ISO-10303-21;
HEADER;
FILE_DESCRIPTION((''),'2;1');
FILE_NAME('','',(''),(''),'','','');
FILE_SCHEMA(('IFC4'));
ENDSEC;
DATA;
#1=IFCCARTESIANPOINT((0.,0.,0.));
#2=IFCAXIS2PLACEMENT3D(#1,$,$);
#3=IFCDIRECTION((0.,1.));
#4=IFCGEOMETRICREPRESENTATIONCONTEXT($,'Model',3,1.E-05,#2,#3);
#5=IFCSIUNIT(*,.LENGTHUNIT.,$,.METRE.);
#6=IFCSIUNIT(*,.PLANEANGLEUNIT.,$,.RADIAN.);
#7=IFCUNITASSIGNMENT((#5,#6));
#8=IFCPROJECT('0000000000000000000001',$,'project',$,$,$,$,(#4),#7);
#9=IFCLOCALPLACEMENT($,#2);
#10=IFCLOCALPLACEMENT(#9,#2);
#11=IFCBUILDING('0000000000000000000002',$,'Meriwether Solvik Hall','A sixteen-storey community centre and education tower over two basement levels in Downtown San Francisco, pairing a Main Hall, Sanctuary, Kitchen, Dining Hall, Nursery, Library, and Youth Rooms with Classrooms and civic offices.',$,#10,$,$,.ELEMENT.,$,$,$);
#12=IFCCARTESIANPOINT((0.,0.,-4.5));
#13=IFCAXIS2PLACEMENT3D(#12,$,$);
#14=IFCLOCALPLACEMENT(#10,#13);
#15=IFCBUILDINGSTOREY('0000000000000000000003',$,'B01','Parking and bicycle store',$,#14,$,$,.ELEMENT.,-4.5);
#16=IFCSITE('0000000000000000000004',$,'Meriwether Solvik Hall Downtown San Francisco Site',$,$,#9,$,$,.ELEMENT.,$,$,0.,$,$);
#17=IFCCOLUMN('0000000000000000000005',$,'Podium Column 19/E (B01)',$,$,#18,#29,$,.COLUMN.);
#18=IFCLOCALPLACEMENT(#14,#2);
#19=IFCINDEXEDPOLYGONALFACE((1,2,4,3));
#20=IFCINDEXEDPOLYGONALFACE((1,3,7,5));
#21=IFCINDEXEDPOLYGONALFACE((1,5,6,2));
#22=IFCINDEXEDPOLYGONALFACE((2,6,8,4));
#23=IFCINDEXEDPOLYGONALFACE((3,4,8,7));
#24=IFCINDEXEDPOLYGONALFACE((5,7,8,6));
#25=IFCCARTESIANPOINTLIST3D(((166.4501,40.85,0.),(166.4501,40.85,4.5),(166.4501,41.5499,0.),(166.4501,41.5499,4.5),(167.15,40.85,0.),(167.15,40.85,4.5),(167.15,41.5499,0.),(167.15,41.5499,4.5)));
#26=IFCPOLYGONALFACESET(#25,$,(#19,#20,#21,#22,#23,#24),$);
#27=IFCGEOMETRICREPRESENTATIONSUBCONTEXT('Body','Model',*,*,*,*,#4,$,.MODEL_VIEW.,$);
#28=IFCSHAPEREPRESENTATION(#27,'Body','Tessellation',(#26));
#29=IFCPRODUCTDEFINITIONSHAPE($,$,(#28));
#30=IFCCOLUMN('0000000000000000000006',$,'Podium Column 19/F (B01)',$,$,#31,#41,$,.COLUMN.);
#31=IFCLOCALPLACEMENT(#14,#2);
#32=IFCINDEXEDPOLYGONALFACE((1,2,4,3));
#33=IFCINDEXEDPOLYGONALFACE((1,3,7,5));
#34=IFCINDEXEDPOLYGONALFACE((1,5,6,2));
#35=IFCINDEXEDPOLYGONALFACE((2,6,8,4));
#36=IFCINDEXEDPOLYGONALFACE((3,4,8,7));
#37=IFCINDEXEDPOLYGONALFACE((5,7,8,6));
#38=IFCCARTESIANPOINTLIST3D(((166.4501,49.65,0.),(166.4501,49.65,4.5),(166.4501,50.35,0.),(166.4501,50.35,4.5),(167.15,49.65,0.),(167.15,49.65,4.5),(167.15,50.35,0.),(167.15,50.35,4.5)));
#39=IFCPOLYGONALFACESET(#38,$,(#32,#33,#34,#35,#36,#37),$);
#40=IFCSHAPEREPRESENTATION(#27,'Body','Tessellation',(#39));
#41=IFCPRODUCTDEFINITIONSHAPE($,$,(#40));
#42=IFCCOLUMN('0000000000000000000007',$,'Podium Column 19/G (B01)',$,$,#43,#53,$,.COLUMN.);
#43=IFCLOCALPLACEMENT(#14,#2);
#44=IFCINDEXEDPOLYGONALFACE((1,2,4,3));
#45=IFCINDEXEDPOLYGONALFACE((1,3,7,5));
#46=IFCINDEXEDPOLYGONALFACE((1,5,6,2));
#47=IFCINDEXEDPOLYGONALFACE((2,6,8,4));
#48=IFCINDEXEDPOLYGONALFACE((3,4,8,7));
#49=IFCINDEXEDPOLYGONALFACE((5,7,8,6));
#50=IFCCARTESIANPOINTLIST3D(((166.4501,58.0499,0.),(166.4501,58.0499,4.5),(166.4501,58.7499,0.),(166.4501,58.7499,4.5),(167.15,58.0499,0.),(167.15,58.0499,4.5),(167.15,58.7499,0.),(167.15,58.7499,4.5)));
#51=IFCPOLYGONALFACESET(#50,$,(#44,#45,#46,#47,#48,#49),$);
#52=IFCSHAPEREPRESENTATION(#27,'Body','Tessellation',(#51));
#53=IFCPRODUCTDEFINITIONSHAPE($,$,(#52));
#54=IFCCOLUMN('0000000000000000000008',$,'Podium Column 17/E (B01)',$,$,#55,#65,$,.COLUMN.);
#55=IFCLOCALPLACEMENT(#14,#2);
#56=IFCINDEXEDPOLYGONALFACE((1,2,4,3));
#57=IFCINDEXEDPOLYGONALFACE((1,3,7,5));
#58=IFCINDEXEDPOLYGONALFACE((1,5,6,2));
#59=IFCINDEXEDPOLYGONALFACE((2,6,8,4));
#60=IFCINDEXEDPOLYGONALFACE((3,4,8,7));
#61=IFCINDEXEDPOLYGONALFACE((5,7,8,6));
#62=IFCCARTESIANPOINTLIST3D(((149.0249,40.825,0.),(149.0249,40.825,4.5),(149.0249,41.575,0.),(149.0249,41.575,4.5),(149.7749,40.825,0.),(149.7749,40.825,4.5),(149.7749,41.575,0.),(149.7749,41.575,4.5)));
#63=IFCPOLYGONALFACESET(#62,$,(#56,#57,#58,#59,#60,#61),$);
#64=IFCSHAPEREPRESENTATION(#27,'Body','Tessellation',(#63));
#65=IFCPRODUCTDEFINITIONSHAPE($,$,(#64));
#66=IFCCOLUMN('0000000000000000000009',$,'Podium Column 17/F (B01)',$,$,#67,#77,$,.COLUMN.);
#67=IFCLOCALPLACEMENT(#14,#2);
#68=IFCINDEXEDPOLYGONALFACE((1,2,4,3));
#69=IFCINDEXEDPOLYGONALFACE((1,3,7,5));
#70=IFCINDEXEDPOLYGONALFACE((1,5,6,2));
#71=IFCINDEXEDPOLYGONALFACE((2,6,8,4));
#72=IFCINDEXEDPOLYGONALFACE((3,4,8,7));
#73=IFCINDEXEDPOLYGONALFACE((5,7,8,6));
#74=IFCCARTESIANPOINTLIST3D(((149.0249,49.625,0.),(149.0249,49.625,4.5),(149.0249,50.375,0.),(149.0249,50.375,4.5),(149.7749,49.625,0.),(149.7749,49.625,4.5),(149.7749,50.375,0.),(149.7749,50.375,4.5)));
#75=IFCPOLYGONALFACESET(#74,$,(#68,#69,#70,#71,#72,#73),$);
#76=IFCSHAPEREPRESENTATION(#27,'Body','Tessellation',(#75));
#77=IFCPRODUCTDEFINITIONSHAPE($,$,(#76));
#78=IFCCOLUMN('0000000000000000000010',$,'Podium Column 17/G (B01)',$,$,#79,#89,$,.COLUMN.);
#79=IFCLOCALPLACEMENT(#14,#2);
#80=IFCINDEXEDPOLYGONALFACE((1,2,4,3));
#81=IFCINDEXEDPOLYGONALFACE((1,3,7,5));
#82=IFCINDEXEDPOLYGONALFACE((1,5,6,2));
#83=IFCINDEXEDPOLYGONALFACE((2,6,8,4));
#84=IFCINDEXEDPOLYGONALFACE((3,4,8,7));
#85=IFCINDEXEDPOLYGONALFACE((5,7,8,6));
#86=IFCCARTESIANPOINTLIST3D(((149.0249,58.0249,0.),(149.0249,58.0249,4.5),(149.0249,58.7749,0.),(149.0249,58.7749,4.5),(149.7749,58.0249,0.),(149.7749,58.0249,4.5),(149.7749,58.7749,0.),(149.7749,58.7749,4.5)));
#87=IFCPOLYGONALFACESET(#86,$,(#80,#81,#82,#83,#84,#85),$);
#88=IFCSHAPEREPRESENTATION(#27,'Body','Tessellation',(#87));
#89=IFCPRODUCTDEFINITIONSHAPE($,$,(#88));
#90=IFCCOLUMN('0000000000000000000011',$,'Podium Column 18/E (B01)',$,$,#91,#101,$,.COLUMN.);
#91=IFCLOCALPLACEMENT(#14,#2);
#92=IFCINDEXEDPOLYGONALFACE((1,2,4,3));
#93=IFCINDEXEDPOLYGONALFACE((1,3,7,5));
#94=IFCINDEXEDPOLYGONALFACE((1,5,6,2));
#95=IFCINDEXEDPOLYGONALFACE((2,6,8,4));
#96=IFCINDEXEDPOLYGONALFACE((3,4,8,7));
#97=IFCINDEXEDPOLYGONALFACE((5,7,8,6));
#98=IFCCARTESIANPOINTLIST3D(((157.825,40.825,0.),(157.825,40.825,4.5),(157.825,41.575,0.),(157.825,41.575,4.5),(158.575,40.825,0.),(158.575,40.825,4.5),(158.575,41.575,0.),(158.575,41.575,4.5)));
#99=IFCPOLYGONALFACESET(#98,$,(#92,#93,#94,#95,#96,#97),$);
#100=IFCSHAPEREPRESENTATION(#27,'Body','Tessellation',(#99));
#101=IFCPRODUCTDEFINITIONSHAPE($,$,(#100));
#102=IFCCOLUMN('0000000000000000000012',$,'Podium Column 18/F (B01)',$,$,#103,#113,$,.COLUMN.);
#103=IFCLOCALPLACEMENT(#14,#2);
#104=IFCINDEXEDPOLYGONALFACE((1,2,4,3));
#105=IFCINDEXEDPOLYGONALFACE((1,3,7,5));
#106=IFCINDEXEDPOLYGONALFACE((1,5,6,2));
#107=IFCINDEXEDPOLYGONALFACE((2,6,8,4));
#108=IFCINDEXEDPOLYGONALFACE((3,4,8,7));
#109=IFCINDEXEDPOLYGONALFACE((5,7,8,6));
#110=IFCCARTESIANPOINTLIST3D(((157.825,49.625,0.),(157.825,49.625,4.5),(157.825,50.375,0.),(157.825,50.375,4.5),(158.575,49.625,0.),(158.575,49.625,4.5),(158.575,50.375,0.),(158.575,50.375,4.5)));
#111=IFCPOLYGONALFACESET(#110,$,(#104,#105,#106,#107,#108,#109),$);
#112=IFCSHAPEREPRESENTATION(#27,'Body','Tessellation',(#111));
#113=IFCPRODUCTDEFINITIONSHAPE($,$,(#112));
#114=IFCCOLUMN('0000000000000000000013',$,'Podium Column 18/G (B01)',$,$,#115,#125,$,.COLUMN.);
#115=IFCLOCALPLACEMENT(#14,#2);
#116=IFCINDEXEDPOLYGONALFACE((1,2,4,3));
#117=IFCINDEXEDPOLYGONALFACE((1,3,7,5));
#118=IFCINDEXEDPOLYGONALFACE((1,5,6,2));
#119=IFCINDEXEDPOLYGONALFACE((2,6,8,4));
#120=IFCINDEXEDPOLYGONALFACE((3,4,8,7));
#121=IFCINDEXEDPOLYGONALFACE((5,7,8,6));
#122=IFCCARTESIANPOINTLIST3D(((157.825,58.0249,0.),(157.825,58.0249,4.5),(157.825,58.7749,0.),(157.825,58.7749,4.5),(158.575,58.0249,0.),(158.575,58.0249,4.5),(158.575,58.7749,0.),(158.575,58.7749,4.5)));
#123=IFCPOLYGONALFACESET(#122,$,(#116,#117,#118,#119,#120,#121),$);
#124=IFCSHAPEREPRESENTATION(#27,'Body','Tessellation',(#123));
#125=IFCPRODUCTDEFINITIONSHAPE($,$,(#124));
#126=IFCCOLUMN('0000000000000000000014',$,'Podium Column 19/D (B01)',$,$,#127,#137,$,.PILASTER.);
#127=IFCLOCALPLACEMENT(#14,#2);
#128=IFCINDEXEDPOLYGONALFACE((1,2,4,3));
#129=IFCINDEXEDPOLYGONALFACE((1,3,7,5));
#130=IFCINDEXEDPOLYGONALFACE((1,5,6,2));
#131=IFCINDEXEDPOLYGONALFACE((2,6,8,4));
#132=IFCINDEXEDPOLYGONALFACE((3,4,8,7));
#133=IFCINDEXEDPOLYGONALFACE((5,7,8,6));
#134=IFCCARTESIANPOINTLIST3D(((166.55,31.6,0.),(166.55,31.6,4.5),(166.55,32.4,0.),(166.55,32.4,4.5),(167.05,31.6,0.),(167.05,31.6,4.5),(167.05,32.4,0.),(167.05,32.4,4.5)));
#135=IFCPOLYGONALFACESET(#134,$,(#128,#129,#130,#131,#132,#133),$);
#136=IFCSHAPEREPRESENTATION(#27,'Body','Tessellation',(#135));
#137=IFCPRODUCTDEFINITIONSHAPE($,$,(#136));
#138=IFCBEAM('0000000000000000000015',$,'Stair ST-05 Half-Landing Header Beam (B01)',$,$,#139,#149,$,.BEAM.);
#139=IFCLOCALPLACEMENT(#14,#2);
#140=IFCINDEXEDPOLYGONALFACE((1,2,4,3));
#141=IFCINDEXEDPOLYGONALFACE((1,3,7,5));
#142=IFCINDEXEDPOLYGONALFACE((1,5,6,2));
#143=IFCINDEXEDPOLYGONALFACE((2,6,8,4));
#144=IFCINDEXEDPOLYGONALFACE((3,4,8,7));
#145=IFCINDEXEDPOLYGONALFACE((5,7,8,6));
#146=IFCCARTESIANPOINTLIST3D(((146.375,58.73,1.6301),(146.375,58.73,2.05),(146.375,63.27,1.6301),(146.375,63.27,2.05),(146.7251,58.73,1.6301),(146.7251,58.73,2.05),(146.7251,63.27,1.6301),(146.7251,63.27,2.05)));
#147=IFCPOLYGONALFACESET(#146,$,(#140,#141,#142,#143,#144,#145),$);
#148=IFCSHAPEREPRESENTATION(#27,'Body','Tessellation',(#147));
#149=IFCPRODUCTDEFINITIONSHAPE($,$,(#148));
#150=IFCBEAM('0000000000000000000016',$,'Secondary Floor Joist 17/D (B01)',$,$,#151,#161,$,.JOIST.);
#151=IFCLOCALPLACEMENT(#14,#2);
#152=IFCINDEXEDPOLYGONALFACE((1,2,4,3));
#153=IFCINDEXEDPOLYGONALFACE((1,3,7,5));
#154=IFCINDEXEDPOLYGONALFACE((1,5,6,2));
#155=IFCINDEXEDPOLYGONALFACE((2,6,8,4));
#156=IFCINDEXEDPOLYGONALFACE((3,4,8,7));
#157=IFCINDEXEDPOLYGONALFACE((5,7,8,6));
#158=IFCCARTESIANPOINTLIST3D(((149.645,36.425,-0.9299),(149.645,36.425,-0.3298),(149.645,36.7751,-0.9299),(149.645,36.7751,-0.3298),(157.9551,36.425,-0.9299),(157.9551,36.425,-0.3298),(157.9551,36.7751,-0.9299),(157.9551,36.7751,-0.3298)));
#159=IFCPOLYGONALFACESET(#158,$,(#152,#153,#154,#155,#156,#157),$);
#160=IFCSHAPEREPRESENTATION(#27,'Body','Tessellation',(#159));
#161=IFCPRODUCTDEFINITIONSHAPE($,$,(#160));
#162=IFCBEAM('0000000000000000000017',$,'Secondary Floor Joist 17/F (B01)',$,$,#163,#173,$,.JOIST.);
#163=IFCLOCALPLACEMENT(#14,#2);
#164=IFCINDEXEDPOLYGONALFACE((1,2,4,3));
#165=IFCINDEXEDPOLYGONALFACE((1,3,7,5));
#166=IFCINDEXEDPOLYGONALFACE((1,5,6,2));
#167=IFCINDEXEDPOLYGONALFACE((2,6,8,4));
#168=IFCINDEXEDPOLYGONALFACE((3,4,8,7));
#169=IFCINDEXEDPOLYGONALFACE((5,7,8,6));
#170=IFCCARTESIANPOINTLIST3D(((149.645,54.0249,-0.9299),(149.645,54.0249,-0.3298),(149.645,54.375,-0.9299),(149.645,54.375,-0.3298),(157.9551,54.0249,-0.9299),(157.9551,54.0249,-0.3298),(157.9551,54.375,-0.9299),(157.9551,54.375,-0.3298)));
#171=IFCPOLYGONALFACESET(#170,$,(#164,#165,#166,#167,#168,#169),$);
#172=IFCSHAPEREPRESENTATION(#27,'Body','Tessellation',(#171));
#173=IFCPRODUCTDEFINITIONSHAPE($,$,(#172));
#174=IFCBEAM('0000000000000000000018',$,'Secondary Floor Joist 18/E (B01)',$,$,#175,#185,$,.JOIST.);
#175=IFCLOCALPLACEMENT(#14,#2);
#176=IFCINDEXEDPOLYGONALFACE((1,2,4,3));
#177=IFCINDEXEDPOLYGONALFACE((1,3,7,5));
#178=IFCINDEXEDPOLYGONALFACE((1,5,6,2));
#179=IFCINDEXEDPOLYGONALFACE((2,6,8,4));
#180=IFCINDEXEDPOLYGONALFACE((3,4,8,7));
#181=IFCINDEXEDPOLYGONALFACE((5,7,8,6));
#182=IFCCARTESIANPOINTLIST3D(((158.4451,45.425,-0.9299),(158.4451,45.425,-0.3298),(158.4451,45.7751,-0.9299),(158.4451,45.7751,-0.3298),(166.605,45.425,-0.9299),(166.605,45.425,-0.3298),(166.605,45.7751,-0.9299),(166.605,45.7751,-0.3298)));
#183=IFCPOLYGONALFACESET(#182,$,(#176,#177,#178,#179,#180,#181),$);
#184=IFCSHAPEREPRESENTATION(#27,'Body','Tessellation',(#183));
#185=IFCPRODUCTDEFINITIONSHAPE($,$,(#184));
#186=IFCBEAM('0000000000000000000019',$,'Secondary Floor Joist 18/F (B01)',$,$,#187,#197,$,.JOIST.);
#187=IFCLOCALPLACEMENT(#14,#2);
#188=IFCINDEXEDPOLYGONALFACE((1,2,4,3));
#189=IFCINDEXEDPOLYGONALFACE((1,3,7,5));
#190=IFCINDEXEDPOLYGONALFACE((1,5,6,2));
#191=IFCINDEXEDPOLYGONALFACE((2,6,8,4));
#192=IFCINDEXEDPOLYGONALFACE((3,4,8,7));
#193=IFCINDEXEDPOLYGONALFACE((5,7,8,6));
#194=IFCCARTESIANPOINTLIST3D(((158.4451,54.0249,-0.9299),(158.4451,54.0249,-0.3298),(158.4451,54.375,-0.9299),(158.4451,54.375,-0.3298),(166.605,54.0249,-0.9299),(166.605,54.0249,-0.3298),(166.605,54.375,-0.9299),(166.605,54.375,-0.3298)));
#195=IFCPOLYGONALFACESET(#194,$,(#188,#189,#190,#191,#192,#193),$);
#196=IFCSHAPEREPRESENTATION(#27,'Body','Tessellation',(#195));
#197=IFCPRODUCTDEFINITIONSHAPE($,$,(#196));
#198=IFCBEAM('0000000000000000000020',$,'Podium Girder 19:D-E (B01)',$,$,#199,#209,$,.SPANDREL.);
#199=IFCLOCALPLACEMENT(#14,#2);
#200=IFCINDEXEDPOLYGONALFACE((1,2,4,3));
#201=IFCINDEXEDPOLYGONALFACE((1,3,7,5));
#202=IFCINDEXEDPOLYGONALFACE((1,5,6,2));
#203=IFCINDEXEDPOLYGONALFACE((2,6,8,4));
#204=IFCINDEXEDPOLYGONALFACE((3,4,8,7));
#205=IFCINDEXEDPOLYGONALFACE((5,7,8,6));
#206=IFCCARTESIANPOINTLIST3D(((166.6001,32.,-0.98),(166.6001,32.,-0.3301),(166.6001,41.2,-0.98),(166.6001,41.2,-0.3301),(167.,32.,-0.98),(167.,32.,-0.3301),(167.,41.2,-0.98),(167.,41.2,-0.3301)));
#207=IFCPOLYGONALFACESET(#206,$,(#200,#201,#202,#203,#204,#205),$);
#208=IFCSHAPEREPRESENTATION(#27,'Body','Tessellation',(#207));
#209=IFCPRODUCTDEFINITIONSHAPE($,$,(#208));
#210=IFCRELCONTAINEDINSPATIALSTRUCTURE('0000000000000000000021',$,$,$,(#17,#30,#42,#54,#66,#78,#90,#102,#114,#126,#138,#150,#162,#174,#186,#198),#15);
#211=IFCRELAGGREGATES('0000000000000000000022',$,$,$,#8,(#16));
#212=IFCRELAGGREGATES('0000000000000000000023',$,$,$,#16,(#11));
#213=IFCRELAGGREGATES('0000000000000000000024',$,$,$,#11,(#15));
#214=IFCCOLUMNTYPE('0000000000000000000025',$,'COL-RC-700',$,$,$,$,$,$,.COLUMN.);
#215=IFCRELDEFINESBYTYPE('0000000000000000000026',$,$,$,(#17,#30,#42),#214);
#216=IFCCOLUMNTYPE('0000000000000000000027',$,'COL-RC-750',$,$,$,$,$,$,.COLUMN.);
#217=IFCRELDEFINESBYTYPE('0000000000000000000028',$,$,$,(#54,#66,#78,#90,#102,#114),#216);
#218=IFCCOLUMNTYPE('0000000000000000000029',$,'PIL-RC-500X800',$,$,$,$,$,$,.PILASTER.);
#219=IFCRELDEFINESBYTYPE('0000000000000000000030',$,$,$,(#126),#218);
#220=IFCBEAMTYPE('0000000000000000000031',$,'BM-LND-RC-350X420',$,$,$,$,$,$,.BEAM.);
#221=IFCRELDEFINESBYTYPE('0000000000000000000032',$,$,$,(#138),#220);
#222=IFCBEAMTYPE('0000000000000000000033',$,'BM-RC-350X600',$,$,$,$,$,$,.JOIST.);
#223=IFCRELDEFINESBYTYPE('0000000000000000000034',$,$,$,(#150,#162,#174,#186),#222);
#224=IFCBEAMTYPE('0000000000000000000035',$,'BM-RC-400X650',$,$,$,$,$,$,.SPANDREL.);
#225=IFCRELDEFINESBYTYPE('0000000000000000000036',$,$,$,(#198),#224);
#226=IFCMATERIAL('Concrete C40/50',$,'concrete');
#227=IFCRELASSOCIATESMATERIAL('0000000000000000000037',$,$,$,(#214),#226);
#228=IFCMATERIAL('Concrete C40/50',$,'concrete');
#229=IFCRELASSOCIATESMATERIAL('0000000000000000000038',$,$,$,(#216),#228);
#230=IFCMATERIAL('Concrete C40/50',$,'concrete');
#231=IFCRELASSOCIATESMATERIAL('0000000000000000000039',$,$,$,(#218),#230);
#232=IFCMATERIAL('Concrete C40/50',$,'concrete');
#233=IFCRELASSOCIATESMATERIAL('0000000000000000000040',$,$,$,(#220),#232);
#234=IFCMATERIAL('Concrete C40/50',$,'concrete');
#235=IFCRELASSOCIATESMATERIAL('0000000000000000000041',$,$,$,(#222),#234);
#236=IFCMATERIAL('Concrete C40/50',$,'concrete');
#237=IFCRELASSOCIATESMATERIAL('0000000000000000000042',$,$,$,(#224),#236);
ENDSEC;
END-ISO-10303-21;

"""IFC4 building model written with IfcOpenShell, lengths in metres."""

from ifc_helpers import new_model, si_unit, direction, frame, origin, origin_2d, place, context, subcontext, project, spatial, rectangle, extrude, material, material_profile, profile_set, type_object, element, save


model = new_model("IFC4")

# Units and contexts
model_context = context("Model", 3, precision=1e-05, world=origin(), true_north=direction((0.0, 1.0)))
body_context = subcontext(model_context, "Body", "Model", "MODEL_VIEW")
ifc_project = project(units=[si_unit("LENGTHUNIT", "METRE"), si_unit("PLANEANGLEUNIT", "RADIAN")], contexts=[model_context])

# Site, building, storey
site_placement = place(None, origin())
site = spatial("IfcSite", under=ifc_project, at=site_placement, Name="Meriwether Solvik Hall Downtown San Francisco Site", CompositionType="ELEMENT", RefElevation=0.0)
building_placement = place(site_placement, origin())
building = spatial("IfcBuilding", under=site, at=building_placement, Name="Meriwether Solvik Hall", Description="A sixteen-storey community centre and education tower over two basement levels in Downtown San Francisco, pairing a Main Hall, Sanctuary, Kitchen, Dining Hall, Nursery, Library, and Youth Rooms with Classrooms and civic offices.", CompositionType="ELEMENT")
storey_placement = place(building_placement, frame((0.0, 0.0, -4.5)))
storey = spatial("IfcBuildingStorey", under=building, at=storey_placement, Name="B01", Description="Parking and bicycle store", CompositionType="ELEMENT", Elevation=-4.5)

# Columns
ifc_material_1 = material(Name="Concrete C40/50", Category="concrete")
ifc_material_profile_1 = material_profile(ifc_material_1, rectangle(XDim=0.7, YDim=0.7, at=origin_2d()), Name="RCC-700X700")
ifc_profile_set_1 = profile_set([ifc_material_profile_1], Name="Concrete C40/50")
column_type_1 = type_object("IfcColumnType", Name="COL-RC-700", PredefinedType="COLUMN", material=ifc_profile_set_1)
for number, where, z_axis, x_axis, name in (
    (1, (166.8, 41.2, 0.0), (0.0, 0.0, 1.0), (1.0, 0.0, 0.0), "Podium Column 19/E (B01)"),
    (2, (166.8, 50.0, 0.0), (0.0, 0.0, 1.0), (1.0, 0.0, 0.0), "Podium Column 19/F (B01)"),
    (3, (166.8, 58.3999, 0.0), (0.0, 0.0, 1.0), (1.0, 0.0, 0.0), "Podium Column 19/G (B01)"),
):
    element("IfcColumn", number, at=place(storey_placement, frame(where, z_axis=z_axis, x_axis=x_axis)), inside=storey, type_object=column_type_1, Name=name, PredefinedType="COLUMN", context=body_context, shape_type="SweptSolid", body=[
        extrude(rectangle(XDim=0.7, YDim=0.7, at=origin_2d()), origin(), (0.0, 0.0, 1.0), 4.5),
    ])
ifc_material_2 = material(Name="Concrete C40/50", Category="concrete")
ifc_material_profile_2 = material_profile(ifc_material_2, rectangle(XDim=0.75, YDim=0.75, at=origin_2d()), Name="RCC-750X750")
ifc_profile_set_2 = profile_set([ifc_material_profile_2], Name="Concrete C40/50")
column_type_2 = type_object("IfcColumnType", Name="COL-RC-750", PredefinedType="COLUMN", material=ifc_profile_set_2)
for number, where, z_axis, x_axis, name in (
    (4, (149.3999, 41.2, 0.0), (0.0, 0.0, 1.0), (1.0, 0.0, 0.0), "Podium Column 17/E (B01)"),
    (5, (149.3999, 50.0, 0.0), (0.0, 0.0, 1.0), (1.0, 0.0, 0.0), "Podium Column 17/F (B01)"),
    (6, (149.3999, 58.3999, 0.0), (0.0, 0.0, 1.0), (1.0, 0.0, 0.0), "Podium Column 17/G (B01)"),
    (7, (158.2, 41.2, 0.0), (0.0, 0.0, 1.0), (1.0, 0.0, 0.0), "Podium Column 18/E (B01)"),
    (8, (158.2, 50.0, 0.0), (0.0, 0.0, 1.0), (1.0, 0.0, 0.0), "Podium Column 18/F (B01)"),
    (9, (158.2, 58.3999, 0.0), (0.0, 0.0, 1.0), (1.0, 0.0, 0.0), "Podium Column 18/G (B01)"),
):
    element("IfcColumn", number, at=place(storey_placement, frame(where, z_axis=z_axis, x_axis=x_axis)), inside=storey, type_object=column_type_2, Name=name, PredefinedType="COLUMN", context=body_context, shape_type="SweptSolid", body=[
        extrude(rectangle(XDim=0.75, YDim=0.75, at=origin_2d()), origin(), (0.0, 0.0, 1.0), 4.5),
    ])
ifc_material_3 = material(Name="Concrete C40/50", Category="concrete")
ifc_material_profile_3 = material_profile(ifc_material_3, rectangle(XDim=0.5, YDim=0.8, at=origin_2d()), Name="RCP-500X800")
ifc_profile_set_3 = profile_set([ifc_material_profile_3], Name="Concrete C40/50")
column_type_3 = type_object("IfcColumnType", Name="PIL-RC-500X800", PredefinedType="PILASTER", material=ifc_profile_set_3)
column_placement = place(storey_placement, frame((166.8, 32.0, 0.0), z_axis=(0.0, 0.0, 1.0), x_axis=(1.0, 0.0, 0.0)))
element("IfcColumn", 10, at=column_placement, inside=storey, type_object=column_type_3, Name="Podium Column 19/D (B01)", PredefinedType="PILASTER", context=body_context, shape_type="SweptSolid", body=[
    extrude(rectangle(XDim=0.5, YDim=0.8, at=origin_2d()), origin(), (0.0, 0.0, 1.0), 4.5),
])

# Beams
ifc_material_4 = material(Name="Concrete C40/50", Category="concrete")
ifc_material_profile_4 = material_profile(ifc_material_4, rectangle(XDim=0.3501, YDim=0.4199, at=origin_2d()), Name="RCB-350X420")
ifc_profile_set_4 = profile_set([ifc_material_profile_4], Name="Concrete C40/50")
beam_type_1 = type_object("IfcBeamType", Name="BM-LND-RC-350X420", PredefinedType="BEAM", material=ifc_profile_set_4)
beam_1_placement = place(storey_placement, frame((146.55, 58.73, 1.8401), z_axis=(0.0, 1.0, 0.0), x_axis=(-1.0, 0.0, 0.0)))
element("IfcBeam", 11, at=beam_1_placement, inside=storey, type_object=beam_type_1, Name="Stair ST-05 Half-Landing Header Beam (B01)", PredefinedType="BEAM", context=body_context, shape_type="SweptSolid", body=[
    extrude(rectangle(XDim=0.3501, YDim=0.4199, at=origin_2d()), origin(), (0.0, 0.0, 1.0), 4.54),
])
ifc_material_5 = material(Name="Concrete C40/50", Category="concrete")
ifc_material_profile_5 = material_profile(ifc_material_5, rectangle(XDim=0.3501, YDim=0.6001, at=origin_2d()), Name="RCB-350X600")
ifc_profile_set_5 = profile_set([ifc_material_profile_5], Name="Concrete C40/50")
beam_type_2 = type_object("IfcBeamType", Name="BM-RC-350X600", PredefinedType="JOIST", material=ifc_profile_set_5)
for number, where, z_axis, x_axis, name in (
    (12, (149.645, 36.6001, -0.6299), (1.0, 0.0, 0.0), (0.0, 1.0, 0.0), "Secondary Floor Joist 17/D (B01)"),
    (13, (149.645, 54.2, -0.6299), (1.0, 0.0, 0.0), (0.0, 1.0, 0.0), "Secondary Floor Joist 17/F (B01)"),
):
    element("IfcBeam", number, at=place(storey_placement, frame(where, z_axis=z_axis, x_axis=x_axis)), inside=storey, type_object=beam_type_2, Name=name, PredefinedType="JOIST", context=body_context, shape_type="SweptSolid", body=[
        extrude(rectangle(XDim=0.3501, YDim=0.6001, at=origin_2d()), origin(), (0.0, 0.0, 1.0), 8.3101),
    ])
for number, where, z_axis, x_axis, name in (
    (14, (158.4451, 45.6001, -0.6299), (1.0, 0.0, 0.0), (0.0, 1.0, 0.0), "Secondary Floor Joist 18/E (B01)"),
    (15, (158.4451, 54.2, -0.6299), (1.0, 0.0, 0.0), (0.0, 1.0, 0.0), "Secondary Floor Joist 18/F (B01)"),
):
    element("IfcBeam", number, at=place(storey_placement, frame(where, z_axis=z_axis, x_axis=x_axis)), inside=storey, type_object=beam_type_2, Name=name, PredefinedType="JOIST", context=body_context, shape_type="SweptSolid", body=[
        extrude(rectangle(XDim=0.3501, YDim=0.6001, at=origin_2d()), origin(), (0.0, 0.0, 1.0), 8.1599),
    ])
ifc_material_6 = material(Name="Concrete C40/50", Category="concrete")
ifc_material_profile_6 = material_profile(ifc_material_6, rectangle(XDim=0.3999, YDim=0.6499, at=origin_2d()), Name="RCB-400X650")
ifc_profile_set_6 = profile_set([ifc_material_profile_6], Name="Concrete C40/50")
beam_type_3 = type_object("IfcBeamType", Name="BM-RC-400X650", PredefinedType="SPANDREL", material=ifc_profile_set_6)
beam_2_placement = place(storey_placement, frame((166.8, 32.0, -0.655), z_axis=(0.0, 1.0, 0.0), x_axis=(-1.0, 0.0, 0.0)))
element("IfcBeam", 16, at=beam_2_placement, inside=storey, type_object=beam_type_3, Name="Podium Girder 19:D-E (B01)", PredefinedType="SPANDREL", context=body_context, shape_type="SweptSolid", body=[
    extrude(rectangle(XDim=0.3999, YDim=0.6499, at=origin_2d()), origin(), (0.0, 0.0, 1.0), 9.2),
])

save(model, "model.ifc")
